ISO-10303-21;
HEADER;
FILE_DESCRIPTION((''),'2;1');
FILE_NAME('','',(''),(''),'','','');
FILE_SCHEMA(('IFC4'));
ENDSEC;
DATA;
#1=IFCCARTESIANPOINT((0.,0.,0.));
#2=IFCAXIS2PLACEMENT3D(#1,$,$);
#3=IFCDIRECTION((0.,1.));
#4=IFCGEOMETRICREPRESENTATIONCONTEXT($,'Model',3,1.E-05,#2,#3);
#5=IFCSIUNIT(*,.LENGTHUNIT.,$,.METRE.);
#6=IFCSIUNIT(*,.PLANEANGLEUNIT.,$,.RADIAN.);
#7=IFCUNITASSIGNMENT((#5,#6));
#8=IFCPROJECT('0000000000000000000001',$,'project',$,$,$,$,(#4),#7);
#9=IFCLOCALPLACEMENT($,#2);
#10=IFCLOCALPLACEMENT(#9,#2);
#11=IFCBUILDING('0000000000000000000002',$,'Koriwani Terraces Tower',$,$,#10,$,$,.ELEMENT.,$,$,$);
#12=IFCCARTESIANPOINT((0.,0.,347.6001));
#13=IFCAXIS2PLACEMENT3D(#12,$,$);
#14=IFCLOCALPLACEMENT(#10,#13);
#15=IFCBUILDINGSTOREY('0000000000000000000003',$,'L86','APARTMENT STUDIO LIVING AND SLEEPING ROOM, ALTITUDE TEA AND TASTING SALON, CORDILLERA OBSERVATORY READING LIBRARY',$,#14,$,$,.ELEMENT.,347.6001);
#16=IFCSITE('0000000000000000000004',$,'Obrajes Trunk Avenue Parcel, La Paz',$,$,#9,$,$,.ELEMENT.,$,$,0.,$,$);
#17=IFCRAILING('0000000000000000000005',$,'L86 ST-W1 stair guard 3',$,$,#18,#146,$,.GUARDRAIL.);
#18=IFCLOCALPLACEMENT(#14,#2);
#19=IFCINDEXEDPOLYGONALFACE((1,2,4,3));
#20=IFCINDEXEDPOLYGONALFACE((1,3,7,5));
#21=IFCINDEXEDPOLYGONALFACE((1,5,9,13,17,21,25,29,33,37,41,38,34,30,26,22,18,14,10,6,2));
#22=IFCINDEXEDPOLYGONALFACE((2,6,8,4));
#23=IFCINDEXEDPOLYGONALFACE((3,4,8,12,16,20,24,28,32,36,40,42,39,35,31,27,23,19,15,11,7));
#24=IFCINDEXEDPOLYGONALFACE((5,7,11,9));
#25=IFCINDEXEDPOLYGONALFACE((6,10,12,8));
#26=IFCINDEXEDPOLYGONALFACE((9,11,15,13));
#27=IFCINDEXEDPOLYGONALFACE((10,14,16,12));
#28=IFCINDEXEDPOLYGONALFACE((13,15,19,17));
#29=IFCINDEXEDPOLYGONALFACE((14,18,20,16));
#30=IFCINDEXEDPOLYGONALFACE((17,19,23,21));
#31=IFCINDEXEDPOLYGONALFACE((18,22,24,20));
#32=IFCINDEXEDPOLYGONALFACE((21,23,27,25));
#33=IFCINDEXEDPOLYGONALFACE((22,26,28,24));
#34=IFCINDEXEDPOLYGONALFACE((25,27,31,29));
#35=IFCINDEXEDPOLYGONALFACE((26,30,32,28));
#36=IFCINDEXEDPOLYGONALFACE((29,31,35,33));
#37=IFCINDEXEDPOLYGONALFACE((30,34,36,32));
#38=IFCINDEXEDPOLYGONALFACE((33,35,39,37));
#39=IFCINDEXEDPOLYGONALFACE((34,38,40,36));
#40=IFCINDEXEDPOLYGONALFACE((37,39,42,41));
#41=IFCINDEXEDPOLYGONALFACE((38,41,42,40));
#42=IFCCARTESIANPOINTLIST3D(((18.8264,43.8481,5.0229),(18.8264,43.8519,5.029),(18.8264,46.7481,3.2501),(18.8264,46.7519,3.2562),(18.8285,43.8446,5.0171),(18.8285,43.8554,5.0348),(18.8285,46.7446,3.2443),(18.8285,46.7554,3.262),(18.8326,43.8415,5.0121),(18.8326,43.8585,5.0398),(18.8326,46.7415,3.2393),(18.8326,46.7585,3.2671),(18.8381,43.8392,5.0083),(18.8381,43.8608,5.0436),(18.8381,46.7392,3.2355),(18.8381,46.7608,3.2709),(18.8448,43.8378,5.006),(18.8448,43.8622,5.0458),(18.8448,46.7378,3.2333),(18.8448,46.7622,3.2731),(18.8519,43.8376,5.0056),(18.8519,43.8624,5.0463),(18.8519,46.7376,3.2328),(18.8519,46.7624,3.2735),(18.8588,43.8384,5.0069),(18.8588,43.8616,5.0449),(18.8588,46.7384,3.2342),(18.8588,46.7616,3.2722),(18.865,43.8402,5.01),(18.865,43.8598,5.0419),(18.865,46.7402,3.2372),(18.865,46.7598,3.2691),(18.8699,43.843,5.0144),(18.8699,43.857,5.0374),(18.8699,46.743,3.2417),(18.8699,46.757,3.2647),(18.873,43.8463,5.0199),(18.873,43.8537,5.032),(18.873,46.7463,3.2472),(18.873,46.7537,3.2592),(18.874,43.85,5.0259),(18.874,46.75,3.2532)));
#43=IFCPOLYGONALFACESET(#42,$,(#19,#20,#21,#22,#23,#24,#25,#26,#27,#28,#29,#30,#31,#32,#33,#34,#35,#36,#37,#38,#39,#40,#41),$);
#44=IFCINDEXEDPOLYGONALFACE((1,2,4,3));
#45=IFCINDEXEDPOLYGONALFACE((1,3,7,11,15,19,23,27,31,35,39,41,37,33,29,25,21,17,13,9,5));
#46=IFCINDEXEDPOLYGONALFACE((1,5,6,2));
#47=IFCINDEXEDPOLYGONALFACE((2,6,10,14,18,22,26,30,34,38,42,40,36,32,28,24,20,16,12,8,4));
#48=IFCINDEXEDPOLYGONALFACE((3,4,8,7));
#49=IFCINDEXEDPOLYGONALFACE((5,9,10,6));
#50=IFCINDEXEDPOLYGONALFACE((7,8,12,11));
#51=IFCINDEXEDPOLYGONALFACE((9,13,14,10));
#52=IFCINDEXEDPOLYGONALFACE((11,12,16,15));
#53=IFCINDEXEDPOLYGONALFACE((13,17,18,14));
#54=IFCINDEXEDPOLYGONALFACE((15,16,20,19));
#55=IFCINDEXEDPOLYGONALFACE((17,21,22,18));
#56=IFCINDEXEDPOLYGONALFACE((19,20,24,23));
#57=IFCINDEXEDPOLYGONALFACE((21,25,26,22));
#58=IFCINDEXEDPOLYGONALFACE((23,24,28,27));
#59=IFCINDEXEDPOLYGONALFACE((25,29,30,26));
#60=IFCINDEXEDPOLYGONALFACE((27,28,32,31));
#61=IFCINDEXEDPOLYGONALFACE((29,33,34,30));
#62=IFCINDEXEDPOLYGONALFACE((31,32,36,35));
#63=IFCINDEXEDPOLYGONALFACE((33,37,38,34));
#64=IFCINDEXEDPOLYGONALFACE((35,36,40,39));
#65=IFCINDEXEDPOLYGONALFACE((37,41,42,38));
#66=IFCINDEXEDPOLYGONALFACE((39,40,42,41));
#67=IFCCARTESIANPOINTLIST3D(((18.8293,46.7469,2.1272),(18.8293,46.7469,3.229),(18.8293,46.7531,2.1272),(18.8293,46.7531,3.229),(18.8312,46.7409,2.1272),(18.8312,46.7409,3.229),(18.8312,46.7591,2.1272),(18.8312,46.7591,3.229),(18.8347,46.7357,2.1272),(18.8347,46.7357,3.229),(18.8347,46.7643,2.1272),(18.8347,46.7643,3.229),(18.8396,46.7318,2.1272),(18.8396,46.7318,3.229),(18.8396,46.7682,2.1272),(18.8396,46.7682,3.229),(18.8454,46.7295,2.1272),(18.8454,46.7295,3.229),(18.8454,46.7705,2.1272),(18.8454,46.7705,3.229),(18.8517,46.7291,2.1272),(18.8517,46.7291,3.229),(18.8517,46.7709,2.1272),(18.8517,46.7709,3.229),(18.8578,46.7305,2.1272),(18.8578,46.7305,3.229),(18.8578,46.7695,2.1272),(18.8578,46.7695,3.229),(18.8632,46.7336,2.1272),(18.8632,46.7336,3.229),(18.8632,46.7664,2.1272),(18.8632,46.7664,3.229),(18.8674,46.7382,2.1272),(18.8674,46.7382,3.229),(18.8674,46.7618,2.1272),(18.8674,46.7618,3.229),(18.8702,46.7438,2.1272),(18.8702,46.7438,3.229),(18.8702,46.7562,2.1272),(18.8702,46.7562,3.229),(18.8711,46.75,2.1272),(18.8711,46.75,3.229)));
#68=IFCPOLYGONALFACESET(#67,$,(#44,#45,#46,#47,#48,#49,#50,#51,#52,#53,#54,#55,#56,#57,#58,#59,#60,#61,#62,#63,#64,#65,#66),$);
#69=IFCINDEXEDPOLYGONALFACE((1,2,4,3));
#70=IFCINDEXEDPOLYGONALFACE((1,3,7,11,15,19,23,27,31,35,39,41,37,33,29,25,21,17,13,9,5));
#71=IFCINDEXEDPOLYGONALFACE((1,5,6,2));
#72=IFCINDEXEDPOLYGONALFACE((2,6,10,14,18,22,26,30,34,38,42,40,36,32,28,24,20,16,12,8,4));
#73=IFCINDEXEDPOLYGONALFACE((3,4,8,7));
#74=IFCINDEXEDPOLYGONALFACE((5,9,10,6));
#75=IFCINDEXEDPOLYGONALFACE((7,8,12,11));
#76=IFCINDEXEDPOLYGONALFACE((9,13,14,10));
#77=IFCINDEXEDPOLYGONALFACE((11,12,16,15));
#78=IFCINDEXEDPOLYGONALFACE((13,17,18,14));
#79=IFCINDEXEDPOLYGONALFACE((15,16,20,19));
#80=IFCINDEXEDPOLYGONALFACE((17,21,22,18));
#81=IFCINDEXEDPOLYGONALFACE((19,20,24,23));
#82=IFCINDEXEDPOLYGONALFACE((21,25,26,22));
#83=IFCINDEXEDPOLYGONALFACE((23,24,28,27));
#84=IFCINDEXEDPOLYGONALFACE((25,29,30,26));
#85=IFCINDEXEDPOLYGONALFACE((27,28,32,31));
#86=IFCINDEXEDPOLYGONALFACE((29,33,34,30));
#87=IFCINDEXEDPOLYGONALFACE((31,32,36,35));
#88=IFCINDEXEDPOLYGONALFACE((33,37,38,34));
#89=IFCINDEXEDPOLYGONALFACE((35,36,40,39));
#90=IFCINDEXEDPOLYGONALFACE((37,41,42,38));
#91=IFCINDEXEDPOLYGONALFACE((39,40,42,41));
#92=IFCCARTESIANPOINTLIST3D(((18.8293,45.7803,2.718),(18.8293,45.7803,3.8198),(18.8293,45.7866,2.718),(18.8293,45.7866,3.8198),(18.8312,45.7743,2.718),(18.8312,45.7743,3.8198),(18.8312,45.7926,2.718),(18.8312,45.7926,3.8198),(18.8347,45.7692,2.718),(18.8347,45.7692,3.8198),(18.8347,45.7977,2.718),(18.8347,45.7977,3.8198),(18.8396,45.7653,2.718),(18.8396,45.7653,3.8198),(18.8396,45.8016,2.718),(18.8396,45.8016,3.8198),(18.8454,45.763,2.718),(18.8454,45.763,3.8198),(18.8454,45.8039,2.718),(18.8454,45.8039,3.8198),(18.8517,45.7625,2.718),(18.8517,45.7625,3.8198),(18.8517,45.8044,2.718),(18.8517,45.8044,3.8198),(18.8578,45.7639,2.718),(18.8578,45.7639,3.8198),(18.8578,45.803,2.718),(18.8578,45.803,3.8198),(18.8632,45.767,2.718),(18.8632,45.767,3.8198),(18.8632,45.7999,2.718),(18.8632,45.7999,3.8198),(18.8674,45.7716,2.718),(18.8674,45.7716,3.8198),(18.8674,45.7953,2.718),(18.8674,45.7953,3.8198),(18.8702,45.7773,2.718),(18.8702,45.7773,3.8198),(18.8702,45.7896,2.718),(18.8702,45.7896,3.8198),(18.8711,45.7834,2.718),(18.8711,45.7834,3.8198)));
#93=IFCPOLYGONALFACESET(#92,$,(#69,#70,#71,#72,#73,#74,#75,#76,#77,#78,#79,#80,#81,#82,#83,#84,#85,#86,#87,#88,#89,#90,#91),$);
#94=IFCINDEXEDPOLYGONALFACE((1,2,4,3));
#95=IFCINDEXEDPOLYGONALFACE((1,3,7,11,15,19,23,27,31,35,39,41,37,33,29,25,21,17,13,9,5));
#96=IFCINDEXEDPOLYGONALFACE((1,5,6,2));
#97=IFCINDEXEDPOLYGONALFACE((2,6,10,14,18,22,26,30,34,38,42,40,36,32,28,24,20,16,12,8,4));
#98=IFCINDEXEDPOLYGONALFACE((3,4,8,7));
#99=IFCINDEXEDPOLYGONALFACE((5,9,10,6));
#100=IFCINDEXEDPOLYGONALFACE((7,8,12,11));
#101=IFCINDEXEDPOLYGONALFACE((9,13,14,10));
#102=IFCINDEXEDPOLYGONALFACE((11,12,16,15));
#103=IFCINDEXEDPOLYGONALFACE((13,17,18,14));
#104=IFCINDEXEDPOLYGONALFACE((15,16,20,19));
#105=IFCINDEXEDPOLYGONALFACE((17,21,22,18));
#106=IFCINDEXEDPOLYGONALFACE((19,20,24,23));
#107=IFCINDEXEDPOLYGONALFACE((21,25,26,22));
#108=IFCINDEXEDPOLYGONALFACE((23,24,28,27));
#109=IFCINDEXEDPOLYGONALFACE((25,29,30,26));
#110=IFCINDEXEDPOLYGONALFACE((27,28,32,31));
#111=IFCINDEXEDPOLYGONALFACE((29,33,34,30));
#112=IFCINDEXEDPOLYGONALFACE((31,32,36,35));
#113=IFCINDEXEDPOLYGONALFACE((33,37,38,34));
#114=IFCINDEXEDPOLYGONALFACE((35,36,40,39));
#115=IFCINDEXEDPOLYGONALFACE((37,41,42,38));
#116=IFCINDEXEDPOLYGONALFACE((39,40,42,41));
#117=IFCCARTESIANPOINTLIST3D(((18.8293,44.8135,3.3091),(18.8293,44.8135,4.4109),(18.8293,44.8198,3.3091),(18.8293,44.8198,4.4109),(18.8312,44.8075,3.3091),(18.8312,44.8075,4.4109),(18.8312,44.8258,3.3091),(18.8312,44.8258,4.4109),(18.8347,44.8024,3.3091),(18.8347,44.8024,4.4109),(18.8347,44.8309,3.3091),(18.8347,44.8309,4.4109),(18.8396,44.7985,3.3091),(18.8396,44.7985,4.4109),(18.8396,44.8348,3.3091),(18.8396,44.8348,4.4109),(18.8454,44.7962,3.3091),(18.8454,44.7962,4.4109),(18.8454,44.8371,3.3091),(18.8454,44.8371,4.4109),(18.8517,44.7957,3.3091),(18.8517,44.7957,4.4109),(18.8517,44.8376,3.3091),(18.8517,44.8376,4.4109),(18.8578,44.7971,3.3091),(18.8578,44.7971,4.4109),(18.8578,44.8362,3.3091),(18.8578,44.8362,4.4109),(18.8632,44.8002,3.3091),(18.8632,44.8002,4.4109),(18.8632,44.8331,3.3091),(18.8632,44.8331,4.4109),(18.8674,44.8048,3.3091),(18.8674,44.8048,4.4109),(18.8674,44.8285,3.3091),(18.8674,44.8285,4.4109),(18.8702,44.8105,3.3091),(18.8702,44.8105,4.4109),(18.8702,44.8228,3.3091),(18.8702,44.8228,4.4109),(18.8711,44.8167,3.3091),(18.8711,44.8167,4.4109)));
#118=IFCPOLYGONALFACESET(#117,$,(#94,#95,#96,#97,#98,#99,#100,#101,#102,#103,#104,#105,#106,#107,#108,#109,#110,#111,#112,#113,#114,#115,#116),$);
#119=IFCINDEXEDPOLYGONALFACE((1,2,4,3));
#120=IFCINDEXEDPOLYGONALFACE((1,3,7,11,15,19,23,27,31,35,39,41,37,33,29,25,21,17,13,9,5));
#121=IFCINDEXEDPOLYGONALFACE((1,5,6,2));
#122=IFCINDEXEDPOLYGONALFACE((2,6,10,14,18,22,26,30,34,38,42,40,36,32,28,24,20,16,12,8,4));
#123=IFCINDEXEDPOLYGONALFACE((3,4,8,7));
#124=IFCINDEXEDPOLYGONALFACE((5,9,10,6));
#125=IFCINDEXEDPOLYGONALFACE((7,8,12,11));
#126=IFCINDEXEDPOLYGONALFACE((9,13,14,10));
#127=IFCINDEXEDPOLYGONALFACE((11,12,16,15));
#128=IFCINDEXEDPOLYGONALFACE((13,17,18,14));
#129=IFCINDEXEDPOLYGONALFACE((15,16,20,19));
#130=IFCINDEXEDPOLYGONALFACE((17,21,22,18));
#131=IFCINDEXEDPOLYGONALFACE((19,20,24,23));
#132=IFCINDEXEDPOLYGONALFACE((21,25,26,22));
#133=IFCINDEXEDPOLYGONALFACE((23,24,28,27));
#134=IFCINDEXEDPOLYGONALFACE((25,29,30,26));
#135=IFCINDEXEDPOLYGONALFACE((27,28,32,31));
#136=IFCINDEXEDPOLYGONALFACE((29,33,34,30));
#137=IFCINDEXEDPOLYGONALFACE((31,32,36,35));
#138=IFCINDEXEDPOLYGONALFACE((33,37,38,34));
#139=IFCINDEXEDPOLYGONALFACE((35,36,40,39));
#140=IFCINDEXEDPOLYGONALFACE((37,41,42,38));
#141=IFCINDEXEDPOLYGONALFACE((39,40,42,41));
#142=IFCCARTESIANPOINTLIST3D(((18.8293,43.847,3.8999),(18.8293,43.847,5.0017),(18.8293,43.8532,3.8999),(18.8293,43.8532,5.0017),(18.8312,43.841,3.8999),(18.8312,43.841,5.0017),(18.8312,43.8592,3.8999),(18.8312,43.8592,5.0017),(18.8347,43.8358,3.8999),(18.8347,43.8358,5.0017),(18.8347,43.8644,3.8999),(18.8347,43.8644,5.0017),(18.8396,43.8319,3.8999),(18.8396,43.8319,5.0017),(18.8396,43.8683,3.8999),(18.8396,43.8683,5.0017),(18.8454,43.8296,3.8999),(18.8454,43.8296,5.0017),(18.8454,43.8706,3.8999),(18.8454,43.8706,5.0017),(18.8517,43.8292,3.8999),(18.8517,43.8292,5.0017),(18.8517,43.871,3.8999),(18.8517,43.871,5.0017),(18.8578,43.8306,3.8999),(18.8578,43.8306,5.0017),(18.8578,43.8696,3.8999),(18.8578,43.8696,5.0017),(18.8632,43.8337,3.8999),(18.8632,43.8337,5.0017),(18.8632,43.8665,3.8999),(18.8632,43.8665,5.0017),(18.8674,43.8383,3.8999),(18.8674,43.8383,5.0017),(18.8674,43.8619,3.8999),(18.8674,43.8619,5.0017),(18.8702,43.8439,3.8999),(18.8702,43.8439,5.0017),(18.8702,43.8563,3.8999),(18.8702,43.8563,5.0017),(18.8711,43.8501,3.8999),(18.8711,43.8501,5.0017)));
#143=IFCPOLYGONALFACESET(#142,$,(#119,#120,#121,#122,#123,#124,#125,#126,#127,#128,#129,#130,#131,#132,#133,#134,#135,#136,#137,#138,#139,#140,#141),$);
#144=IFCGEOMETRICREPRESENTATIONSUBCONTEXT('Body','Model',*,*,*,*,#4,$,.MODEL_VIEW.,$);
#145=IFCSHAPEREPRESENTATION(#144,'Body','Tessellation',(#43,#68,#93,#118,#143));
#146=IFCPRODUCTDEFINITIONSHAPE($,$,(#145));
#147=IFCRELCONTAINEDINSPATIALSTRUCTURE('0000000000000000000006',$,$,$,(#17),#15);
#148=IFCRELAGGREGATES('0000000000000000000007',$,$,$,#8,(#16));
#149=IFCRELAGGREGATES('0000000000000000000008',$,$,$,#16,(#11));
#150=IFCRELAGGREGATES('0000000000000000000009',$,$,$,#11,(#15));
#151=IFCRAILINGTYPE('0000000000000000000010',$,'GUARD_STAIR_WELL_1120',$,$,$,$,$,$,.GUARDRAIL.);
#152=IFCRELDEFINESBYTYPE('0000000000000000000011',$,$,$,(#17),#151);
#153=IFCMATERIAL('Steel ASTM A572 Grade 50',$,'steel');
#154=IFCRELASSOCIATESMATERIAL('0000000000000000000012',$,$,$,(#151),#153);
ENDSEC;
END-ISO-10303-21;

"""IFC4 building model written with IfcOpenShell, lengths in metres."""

from ifc_helpers import new_model, si_unit, direction, frame, origin, origin_2d, place, context, subcontext, project, spatial, circle, extrude, material, type_object, element, save


model = new_model("IFC4")

# Units and contexts
model_context = context("Model", 3, precision=1e-05, world=origin(), true_north=direction((0.0, 1.0)))
body_context = subcontext(model_context, "Body", "Model", "MODEL_VIEW")
ifc_project = project(units=[si_unit("LENGTHUNIT", "METRE"), si_unit("PLANEANGLEUNIT", "RADIAN")], contexts=[model_context])

# Site, building, storey
site_placement = place(None, origin())
site = spatial("IfcSite", under=ifc_project, at=site_placement, Name="Obrajes Trunk Avenue Parcel, La Paz", CompositionType="ELEMENT", RefElevation=0.0)
building_placement = place(site_placement, origin())
building = spatial("IfcBuilding", under=site, at=building_placement, Name="Koriwani Terraces Tower", CompositionType="ELEMENT")
storey_placement = place(building_placement, frame((0.0, 0.0, 347.6001)))
storey = spatial("IfcBuildingStorey", under=building, at=storey_placement, Name="L86", Description="APARTMENT STUDIO LIVING AND SLEEPING ROOM, ALTITUDE TEA AND TASTING SALON, CORDILLERA OBSERVATORY READING LIBRARY", CompositionType="ELEMENT", Elevation=347.6001)

# Shared definitions
ifc_material_1 = material(Name="Steel ASTM A572 Grade 50", Category="steel")

# Railing
railing_type_1 = type_object("IfcRailingType", Name="GUARD_STAIR_WELL_1120", PredefinedType="GUARDRAIL", material=ifc_material_1)
for number, where, name in (
    (1, (18.8501, 46.75, 2.1272), "L86 ST-W1 stair guard 3"),
):
    element("IfcRailing", number, at=place(storey_placement, frame(where)), inside=storey, type_object=railing_type_1, Name=name, PredefinedType="GUARDRAIL", context=body_context, shape_type="SweptSolid", body=[
        extrude(circle(Radius=0.0239, at=origin_2d()), frame((0.0, 0.0, 1.126), z_axis=(0.0, -0.853211, 0.521566), x_axis=(1.0, 0.0, 0.0)), (0.0, 0.0, 1.0), 3.3989),
        extrude(circle(Radius=0.021, at=origin_2d()), origin(), (0.0, 0.0, 1.0), 1.1018),
        extrude(circle(Radius=0.021, at=origin_2d()), frame((0.0, -0.9666, 0.5908)), (0.0, 0.0, 1.0), 1.1018),
        extrude(circle(Radius=0.021, at=origin_2d()), frame((0.0, -1.9333, 1.1819)), (0.0, 0.0, 1.0), 1.1018),
        extrude(circle(Radius=0.021, at=origin_2d()), frame((0.0, -2.8999, 1.7727)), (0.0, 0.0, 1.0), 1.1018),
    ])

save(model, "model.ifc")
